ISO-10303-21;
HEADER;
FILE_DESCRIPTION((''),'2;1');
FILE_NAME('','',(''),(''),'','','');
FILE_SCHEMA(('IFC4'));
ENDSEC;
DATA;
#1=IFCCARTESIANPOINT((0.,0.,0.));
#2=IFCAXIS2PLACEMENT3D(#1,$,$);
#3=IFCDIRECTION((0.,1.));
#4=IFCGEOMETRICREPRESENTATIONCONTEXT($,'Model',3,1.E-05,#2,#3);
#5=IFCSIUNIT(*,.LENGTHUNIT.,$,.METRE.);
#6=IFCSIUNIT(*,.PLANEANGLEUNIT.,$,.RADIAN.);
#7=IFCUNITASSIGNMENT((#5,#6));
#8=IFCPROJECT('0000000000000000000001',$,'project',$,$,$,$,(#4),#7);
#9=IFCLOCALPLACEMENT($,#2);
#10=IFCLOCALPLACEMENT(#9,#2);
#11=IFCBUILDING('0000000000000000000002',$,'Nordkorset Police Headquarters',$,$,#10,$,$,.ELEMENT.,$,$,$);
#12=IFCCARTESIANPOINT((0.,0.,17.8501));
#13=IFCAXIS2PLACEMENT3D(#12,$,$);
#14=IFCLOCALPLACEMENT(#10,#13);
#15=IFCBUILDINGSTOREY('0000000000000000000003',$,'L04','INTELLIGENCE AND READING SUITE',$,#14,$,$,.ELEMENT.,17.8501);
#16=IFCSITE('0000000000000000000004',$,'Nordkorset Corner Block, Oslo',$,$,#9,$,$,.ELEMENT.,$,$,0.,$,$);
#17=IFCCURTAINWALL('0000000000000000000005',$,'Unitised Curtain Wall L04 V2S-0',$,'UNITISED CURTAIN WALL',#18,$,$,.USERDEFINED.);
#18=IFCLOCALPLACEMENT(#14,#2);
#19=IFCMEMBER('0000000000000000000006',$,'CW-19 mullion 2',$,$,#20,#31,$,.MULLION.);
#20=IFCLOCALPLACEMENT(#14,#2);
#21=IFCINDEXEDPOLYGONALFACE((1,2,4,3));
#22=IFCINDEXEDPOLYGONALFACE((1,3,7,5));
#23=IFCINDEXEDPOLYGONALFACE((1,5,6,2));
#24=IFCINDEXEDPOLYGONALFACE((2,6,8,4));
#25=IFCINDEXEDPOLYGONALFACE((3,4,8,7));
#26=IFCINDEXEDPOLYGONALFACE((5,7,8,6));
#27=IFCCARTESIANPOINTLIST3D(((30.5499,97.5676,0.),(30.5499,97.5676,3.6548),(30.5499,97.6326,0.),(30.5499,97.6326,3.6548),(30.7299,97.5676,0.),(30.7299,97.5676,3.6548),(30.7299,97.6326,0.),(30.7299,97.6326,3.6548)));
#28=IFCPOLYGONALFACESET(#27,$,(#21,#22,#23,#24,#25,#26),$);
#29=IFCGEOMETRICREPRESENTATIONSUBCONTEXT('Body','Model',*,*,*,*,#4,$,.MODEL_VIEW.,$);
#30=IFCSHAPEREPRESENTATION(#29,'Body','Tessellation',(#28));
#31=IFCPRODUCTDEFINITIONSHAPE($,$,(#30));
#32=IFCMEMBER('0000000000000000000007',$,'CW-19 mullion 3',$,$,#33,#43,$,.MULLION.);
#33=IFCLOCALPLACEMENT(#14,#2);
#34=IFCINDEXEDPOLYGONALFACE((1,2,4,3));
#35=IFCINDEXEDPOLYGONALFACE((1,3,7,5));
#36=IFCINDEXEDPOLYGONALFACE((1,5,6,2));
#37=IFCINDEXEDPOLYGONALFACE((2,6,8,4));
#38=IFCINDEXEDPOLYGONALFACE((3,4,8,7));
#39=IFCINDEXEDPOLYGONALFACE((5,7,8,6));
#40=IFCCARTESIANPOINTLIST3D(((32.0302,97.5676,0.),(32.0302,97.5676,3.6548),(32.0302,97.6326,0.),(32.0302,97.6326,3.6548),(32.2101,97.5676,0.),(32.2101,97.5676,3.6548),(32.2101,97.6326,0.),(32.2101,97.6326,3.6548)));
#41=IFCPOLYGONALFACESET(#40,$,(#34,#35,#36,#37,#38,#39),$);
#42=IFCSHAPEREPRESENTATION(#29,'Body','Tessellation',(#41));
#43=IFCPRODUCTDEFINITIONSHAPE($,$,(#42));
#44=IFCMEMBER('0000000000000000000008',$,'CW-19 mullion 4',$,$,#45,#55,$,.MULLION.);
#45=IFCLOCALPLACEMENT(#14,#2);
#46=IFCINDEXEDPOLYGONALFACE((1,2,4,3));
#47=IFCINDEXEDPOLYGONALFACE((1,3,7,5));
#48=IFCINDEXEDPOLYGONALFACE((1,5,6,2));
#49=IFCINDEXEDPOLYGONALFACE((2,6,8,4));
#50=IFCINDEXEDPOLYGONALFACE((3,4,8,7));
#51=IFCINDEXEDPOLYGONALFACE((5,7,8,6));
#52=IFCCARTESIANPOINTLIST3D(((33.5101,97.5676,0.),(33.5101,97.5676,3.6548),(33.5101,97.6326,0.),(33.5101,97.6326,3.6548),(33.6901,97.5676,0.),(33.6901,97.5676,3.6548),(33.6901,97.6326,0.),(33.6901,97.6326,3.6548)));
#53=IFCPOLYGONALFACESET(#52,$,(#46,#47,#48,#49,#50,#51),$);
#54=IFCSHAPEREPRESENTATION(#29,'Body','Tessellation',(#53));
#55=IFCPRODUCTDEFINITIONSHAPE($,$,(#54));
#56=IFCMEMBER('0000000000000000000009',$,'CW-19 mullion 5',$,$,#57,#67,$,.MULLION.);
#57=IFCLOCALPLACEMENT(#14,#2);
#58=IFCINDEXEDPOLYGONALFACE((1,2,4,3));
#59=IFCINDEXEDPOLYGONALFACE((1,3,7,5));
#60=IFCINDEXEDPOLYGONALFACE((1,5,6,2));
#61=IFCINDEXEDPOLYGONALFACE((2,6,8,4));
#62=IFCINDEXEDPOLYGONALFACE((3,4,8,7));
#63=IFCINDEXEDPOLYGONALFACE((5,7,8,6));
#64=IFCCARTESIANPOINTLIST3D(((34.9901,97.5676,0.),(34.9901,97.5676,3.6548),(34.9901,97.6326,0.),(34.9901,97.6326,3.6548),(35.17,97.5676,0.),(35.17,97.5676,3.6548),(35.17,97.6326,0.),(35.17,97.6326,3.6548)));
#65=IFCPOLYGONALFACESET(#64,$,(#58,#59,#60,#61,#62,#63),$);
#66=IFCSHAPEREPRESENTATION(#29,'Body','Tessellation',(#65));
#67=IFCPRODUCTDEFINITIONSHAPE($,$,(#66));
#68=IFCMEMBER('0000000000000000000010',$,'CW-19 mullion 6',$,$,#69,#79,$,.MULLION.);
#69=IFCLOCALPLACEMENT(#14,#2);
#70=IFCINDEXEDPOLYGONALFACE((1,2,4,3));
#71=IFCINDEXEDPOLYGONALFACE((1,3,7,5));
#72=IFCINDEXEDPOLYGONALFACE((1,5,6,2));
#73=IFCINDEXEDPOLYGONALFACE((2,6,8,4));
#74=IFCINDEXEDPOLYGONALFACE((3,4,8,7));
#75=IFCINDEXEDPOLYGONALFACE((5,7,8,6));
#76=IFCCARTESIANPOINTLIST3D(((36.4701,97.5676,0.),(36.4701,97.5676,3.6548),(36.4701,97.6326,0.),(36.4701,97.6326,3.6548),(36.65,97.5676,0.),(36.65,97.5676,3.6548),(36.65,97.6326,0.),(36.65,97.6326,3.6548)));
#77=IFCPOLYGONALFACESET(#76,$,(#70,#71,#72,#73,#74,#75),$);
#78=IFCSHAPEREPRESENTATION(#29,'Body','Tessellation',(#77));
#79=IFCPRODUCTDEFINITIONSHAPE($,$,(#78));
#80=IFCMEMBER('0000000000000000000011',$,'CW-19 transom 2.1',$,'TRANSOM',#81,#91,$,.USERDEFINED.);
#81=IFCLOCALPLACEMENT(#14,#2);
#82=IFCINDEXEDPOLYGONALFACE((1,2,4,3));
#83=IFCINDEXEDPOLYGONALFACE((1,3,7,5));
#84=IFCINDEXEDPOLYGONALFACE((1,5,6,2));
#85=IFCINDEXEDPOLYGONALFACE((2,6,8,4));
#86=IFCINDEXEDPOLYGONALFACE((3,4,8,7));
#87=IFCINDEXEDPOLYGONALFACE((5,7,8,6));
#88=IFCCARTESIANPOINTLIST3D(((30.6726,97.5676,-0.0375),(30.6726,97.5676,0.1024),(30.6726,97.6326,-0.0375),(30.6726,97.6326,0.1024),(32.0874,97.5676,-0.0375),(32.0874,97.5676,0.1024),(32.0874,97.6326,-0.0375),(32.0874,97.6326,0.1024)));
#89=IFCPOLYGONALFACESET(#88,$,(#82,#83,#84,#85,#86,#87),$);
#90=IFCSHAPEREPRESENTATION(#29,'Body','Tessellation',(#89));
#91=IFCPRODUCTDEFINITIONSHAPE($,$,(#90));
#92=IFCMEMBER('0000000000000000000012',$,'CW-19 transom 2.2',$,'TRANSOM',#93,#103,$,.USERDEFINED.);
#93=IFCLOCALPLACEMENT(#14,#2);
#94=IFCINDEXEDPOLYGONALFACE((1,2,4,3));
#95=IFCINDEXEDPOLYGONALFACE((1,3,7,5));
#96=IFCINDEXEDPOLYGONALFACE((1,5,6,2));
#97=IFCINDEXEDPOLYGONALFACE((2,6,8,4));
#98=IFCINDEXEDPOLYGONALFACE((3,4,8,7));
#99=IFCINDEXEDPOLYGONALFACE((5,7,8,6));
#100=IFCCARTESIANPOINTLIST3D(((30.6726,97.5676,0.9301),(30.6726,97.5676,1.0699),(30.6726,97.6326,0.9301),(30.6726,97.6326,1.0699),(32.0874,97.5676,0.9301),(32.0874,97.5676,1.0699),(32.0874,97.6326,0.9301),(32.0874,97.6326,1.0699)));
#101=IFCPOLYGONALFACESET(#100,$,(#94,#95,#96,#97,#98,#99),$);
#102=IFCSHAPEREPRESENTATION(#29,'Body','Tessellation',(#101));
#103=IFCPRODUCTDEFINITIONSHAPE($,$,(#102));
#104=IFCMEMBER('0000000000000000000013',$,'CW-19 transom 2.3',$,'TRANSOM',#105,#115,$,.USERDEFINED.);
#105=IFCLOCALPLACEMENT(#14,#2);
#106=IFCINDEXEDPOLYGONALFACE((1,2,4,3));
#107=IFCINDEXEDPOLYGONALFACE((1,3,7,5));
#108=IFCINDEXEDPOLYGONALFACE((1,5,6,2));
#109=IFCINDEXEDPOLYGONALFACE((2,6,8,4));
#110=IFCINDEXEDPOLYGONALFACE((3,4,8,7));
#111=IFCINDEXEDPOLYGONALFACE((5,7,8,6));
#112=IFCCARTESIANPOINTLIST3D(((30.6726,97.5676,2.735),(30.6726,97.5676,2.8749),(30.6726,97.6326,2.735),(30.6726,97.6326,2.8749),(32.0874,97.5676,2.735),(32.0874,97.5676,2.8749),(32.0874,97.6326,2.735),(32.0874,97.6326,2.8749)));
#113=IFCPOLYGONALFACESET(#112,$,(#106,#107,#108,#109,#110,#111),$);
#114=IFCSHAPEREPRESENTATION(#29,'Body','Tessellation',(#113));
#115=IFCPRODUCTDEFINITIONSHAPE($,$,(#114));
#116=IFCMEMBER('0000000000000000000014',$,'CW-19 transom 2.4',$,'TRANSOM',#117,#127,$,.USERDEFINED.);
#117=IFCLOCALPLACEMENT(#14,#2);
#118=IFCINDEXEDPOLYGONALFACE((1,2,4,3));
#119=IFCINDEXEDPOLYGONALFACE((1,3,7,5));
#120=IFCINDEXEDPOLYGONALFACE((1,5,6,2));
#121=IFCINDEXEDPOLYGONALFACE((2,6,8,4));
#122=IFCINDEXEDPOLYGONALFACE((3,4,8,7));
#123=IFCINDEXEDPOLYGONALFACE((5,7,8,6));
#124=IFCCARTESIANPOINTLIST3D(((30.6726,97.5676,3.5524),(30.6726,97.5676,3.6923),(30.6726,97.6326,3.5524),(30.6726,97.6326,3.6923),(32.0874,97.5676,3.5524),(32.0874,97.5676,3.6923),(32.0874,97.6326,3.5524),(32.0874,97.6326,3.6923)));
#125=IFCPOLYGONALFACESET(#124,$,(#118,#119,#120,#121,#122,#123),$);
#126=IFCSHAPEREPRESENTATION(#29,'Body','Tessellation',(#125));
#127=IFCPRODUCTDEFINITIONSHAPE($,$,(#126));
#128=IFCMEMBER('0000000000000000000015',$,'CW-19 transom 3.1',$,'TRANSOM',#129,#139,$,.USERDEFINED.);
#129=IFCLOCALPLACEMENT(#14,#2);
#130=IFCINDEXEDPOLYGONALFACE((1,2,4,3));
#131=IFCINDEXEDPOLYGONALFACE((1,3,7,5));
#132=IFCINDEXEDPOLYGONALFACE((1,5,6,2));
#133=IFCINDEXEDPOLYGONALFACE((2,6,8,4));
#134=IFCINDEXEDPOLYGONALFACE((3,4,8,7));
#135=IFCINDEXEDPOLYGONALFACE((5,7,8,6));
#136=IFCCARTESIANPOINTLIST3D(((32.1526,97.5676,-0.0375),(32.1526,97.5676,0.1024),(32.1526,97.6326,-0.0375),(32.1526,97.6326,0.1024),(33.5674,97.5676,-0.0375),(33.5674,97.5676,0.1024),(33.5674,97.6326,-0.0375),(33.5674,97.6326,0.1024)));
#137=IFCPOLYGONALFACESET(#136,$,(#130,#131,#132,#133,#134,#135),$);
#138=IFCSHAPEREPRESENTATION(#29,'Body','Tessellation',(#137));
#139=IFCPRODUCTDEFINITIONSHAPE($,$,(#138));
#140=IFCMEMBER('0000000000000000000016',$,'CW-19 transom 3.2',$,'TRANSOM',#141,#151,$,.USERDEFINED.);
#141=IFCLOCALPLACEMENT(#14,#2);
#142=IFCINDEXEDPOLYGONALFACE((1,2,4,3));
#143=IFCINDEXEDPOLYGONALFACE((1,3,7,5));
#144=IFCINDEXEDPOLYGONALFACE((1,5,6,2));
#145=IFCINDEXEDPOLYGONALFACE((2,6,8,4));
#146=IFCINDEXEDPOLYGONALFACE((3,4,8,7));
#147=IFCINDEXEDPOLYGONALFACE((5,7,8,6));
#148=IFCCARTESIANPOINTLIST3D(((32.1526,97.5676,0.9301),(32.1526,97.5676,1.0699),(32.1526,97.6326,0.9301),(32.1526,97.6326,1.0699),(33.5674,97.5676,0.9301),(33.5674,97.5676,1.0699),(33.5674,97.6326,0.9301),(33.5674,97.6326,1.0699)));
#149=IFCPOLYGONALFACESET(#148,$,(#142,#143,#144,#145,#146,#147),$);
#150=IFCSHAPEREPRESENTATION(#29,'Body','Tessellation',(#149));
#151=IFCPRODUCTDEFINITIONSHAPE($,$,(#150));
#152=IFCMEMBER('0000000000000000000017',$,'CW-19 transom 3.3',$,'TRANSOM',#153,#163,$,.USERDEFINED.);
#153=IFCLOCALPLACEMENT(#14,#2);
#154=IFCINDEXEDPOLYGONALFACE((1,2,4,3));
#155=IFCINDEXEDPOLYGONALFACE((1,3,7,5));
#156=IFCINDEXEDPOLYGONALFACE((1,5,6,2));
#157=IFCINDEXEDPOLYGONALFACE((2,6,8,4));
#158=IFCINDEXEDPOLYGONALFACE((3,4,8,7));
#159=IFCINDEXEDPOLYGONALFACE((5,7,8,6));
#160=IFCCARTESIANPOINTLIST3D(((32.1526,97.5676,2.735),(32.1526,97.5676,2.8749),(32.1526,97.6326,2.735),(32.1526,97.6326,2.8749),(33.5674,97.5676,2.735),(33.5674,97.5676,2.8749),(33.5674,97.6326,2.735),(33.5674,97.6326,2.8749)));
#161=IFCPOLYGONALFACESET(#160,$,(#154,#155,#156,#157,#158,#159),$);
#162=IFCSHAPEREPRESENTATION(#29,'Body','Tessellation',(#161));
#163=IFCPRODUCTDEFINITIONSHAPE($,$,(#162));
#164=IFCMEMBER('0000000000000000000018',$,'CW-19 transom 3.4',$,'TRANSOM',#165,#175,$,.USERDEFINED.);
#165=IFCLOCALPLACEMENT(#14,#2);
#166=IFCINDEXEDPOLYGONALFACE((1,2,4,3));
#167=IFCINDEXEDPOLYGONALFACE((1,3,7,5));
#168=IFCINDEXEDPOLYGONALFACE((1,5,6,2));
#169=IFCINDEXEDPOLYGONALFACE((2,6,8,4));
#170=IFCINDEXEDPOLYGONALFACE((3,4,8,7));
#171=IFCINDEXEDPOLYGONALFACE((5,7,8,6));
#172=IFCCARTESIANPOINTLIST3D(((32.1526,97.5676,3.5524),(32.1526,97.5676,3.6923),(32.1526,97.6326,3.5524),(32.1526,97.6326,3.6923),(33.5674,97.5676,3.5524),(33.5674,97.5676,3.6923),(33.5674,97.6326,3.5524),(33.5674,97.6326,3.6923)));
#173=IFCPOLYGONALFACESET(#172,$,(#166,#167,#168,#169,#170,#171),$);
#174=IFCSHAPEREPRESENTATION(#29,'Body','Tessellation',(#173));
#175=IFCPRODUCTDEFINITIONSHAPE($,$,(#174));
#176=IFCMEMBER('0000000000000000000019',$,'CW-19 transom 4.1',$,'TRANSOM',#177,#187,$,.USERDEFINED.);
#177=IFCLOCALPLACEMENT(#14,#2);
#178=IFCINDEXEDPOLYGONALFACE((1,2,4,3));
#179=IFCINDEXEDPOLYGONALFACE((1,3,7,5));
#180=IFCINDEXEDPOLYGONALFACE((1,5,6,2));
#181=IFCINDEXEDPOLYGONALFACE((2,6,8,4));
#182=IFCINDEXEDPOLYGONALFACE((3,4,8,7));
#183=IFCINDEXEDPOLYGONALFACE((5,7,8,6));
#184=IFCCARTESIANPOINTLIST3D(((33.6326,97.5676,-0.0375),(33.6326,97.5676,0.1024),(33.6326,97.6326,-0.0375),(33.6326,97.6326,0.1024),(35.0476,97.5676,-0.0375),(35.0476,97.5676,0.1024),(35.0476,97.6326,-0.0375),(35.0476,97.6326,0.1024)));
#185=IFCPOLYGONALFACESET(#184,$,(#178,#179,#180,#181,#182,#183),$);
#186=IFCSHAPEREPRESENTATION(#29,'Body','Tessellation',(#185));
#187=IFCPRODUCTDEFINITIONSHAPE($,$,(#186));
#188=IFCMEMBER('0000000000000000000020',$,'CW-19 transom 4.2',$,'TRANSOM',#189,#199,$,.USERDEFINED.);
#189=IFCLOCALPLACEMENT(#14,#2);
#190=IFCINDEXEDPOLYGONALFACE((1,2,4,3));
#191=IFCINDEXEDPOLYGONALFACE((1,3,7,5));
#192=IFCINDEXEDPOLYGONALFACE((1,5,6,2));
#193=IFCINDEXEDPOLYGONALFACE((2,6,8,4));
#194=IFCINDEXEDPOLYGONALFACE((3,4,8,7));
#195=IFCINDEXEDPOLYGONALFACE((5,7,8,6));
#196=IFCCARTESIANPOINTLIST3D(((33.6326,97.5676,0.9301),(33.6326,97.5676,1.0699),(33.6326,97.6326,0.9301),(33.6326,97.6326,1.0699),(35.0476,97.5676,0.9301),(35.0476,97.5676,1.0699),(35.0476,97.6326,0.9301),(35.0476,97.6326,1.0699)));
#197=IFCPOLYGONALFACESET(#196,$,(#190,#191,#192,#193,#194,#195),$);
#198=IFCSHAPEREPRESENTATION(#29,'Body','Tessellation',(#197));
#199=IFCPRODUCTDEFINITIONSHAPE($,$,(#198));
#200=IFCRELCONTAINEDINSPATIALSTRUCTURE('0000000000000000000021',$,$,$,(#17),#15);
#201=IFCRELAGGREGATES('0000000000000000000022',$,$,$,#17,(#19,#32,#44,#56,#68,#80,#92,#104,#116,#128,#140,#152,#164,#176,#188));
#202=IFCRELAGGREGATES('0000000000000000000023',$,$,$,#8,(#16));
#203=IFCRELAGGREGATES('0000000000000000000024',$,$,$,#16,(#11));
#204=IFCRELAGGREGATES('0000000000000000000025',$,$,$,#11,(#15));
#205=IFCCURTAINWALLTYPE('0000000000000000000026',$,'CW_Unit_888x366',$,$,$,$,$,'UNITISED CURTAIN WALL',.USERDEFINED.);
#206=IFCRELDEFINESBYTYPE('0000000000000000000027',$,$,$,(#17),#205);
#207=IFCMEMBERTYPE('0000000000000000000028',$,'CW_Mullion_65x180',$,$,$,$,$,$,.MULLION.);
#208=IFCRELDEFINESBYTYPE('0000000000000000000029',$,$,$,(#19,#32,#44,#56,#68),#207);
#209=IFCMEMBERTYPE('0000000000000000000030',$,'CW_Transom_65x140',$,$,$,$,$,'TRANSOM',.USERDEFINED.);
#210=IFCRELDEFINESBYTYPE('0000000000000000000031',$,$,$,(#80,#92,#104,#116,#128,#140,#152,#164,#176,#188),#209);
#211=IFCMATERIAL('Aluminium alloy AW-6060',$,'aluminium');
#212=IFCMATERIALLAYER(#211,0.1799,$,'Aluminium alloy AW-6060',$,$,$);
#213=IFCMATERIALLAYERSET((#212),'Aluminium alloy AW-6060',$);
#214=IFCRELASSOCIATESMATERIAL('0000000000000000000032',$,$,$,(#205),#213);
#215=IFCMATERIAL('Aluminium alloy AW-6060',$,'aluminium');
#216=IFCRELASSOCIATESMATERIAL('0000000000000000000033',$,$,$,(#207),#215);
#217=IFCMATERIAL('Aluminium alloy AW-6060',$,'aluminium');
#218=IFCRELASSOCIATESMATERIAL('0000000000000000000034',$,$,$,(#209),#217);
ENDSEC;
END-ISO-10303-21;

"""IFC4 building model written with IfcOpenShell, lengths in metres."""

from ifc_helpers import new_model, si_unit, direction, frame, origin, origin_2d, place, context, subcontext, project, spatial, rectangle, extrude, material, layer, layer_set, material_profile, profile_set, type_object, element, aggregate, save


model = new_model("IFC4")

# Units and contexts
model_context = context("Model", 3, precision=1e-05, world=origin(), true_north=direction((0.0, 1.0)))
body_context = subcontext(model_context, "Body", "Model", "MODEL_VIEW")
ifc_project = project(units=[si_unit("LENGTHUNIT", "METRE"), si_unit("PLANEANGLEUNIT", "RADIAN")], contexts=[model_context])

# Site, building, storey
site_placement = place(None, origin())
site = spatial("IfcSite", under=ifc_project, at=site_placement, Name="Nordkorset Corner Block, Oslo", CompositionType="ELEMENT", RefElevation=0.0)
building_placement = place(site_placement, origin())
building = spatial("IfcBuilding", under=site, at=building_placement, Name="Nordkorset Police Headquarters", CompositionType="ELEMENT")
storey_placement = place(building_placement, frame((0.0, 0.0, 17.8501)))
storey = spatial("IfcBuildingStorey", under=building, at=storey_placement, Name="L04", Description="INTELLIGENCE AND READING SUITE", CompositionType="ELEMENT", Elevation=17.8501)

# Curtain wall, members
ifc_material_1 = material(Name="Aluminium alloy AW-6060", Category="aluminium")
ifc_layer_1 = layer(ifc_material_1, 0.1799, Name="Aluminium alloy AW-6060")
ifc_layer_set_1 = layer_set([ifc_layer_1], Name="Aluminium alloy AW-6060")
curtain_wall_type = type_object("IfcCurtainWallType", Name="CW_Unit_888x366", ElementType="UNITISED CURTAIN WALL", PredefinedType="USERDEFINED", material=ifc_layer_set_1)
curtain_wall_placement = place(storey_placement, origin())
curtain_wall = element("IfcCurtainWall", 1, at=curtain_wall_placement, inside=storey, type_object=curtain_wall_type, Name="Unitised Curtain Wall L04 V2S-0", ObjectType="UNITISED CURTAIN WALL", PredefinedType="USERDEFINED")
ifc_material_2 = material(Name="Aluminium alloy AW-6060", Category="aluminium")
ifc_material_profile_1 = material_profile(ifc_material_2, rectangle(XDim=0.0649, YDim=0.1799, at=origin_2d()), Name="ALU MULL 65x180")
ifc_profile_set_1 = profile_set([ifc_material_profile_1], Name="Aluminium alloy AW-6060")
member_type_1 = type_object("IfcMemberType", Name="CW_Mullion_65x180", PredefinedType="MULLION", material=ifc_profile_set_1)
member_1_placement = place(storey_placement, frame((30.6399, 97.6001, 0.0), z_axis=(0.0, 0.0, 1.0), x_axis=(0.0, 1.0, 0.0)))
member_1 = element("IfcMember", 2, at=member_1_placement, type_object=member_type_1, Name="CW-19 mullion 2", PredefinedType="MULLION", context=body_context, shape_type="SweptSolid", body=[
    extrude(rectangle(XDim=0.0649, YDim=0.1799, at=origin_2d()), origin(), (0.0, 0.0, 1.0), 3.6548),
])
member_2_placement = place(storey_placement, frame((32.1201, 97.6001, 0.0), z_axis=(0.0, 0.0, 1.0), x_axis=(0.0, 1.0, 0.0)))
member_2 = element("IfcMember", 3, at=member_2_placement, type_object=member_type_1, Name="CW-19 mullion 3", PredefinedType="MULLION", context=body_context, shape_type="SweptSolid", body=[
    extrude(rectangle(XDim=0.0649, YDim=0.1799, at=origin_2d()), origin(), (0.0, 0.0, 1.0), 3.6548),
])
member_3_placement = place(storey_placement, frame((33.6001, 97.6001, 0.0), z_axis=(0.0, 0.0, 1.0), x_axis=(0.0, 1.0, 0.0)))
member_3 = element("IfcMember", 4, at=member_3_placement, type_object=member_type_1, Name="CW-19 mullion 4", PredefinedType="MULLION", context=body_context, shape_type="SweptSolid", body=[
    extrude(rectangle(XDim=0.0649, YDim=0.1799, at=origin_2d()), origin(), (0.0, 0.0, 1.0), 3.6548),
])
member_4_placement = place(storey_placement, frame((35.0801, 97.6001, 0.0), z_axis=(0.0, 0.0, 1.0), x_axis=(0.0, 1.0, 0.0)))
member_4 = element("IfcMember", 5, at=member_4_placement, type_object=member_type_1, Name="CW-19 mullion 5", PredefinedType="MULLION", context=body_context, shape_type="SweptSolid", body=[
    extrude(rectangle(XDim=0.0649, YDim=0.1799, at=origin_2d()), origin(), (0.0, 0.0, 1.0), 3.6548),
])
member_5_placement = place(storey_placement, frame((36.5601, 97.6001, 0.0), z_axis=(0.0, 0.0, 1.0), x_axis=(0.0, 1.0, 0.0)))
member_5 = element("IfcMember", 6, at=member_5_placement, type_object=member_type_1, Name="CW-19 mullion 6", PredefinedType="MULLION", context=body_context, shape_type="SweptSolid", body=[
    extrude(rectangle(XDim=0.0649, YDim=0.1799, at=origin_2d()), origin(), (0.0, 0.0, 1.0), 3.6548),
])
ifc_material_3 = material(Name="Aluminium alloy AW-6060", Category="aluminium")
ifc_material_profile_2 = material_profile(ifc_material_3, rectangle(XDim=0.0649, YDim=0.1399, at=origin_2d()), Name="ALU TRAN 65x140")
ifc_profile_set_2 = profile_set([ifc_material_profile_2], Name="Aluminium alloy AW-6060")
member_type_2 = type_object("IfcMemberType", Name="CW_Transom_65x140", ElementType="TRANSOM", PredefinedType="USERDEFINED", material=ifc_profile_set_2)
member_6_placement = place(storey_placement, frame((30.6726, 97.6001, 0.0325), z_axis=(1.0, 0.0, 0.0), x_axis=(0.0, 1.0, 0.0)))
member_6 = element("IfcMember", 7, at=member_6_placement, type_object=member_type_2, Name="CW-19 transom 2.1", ObjectType="TRANSOM", PredefinedType="USERDEFINED", context=body_context, shape_type="SweptSolid", body=[
    extrude(rectangle(XDim=0.0649, YDim=0.1399, at=origin_2d()), origin(), (0.0, 0.0, 1.0), 1.4148),
])
member_7_placement = place(storey_placement, frame((30.6726, 97.6001, 1.0), z_axis=(1.0, 0.0, 0.0), x_axis=(0.0, 1.0, 0.0)))
member_7 = element("IfcMember", 8, at=member_7_placement, type_object=member_type_2, Name="CW-19 transom 2.2", ObjectType="TRANSOM", PredefinedType="USERDEFINED", context=body_context, shape_type="SweptSolid", body=[
    extrude(rectangle(XDim=0.0649, YDim=0.1399, at=origin_2d()), origin(), (0.0, 0.0, 1.0), 1.4148),
])
member_8_placement = place(storey_placement, frame((30.6726, 97.6001, 2.8049), z_axis=(1.0, 0.0, 0.0), x_axis=(0.0, 1.0, 0.0)))
member_8 = element("IfcMember", 9, at=member_8_placement, type_object=member_type_2, Name="CW-19 transom 2.3", ObjectType="TRANSOM", PredefinedType="USERDEFINED", context=body_context, shape_type="SweptSolid", body=[
    extrude(rectangle(XDim=0.0649, YDim=0.1399, at=origin_2d()), origin(), (0.0, 0.0, 1.0), 1.4148),
])
member_9_placement = place(storey_placement, frame((30.6726, 97.6001, 3.6223), z_axis=(1.0, 0.0, 0.0), x_axis=(0.0, 1.0, 0.0)))
member_9 = element("IfcMember", 10, at=member_9_placement, type_object=member_type_2, Name="CW-19 transom 2.4", ObjectType="TRANSOM", PredefinedType="USERDEFINED", context=body_context, shape_type="SweptSolid", body=[
    extrude(rectangle(XDim=0.0649, YDim=0.1399, at=origin_2d()), origin(), (0.0, 0.0, 1.0), 1.4148),
])
member_10_placement = place(storey_placement, frame((32.1526, 97.6001, 0.0325), z_axis=(1.0, 0.0, 0.0), x_axis=(0.0, 1.0, 0.0)))
member_10 = element("IfcMember", 11, at=member_10_placement, type_object=member_type_2, Name="CW-19 transom 3.1", ObjectType="TRANSOM", PredefinedType="USERDEFINED", context=body_context, shape_type="SweptSolid", body=[
    extrude(rectangle(XDim=0.0649, YDim=0.1399, at=origin_2d()), origin(), (0.0, 0.0, 1.0), 1.4148),
])
member_11_placement = place(storey_placement, frame((32.1526, 97.6001, 1.0), z_axis=(1.0, 0.0, 0.0), x_axis=(0.0, 1.0, 0.0)))
member_11 = element("IfcMember", 12, at=member_11_placement, type_object=member_type_2, Name="CW-19 transom 3.2", ObjectType="TRANSOM", PredefinedType="USERDEFINED", context=body_context, shape_type="SweptSolid", body=[
    extrude(rectangle(XDim=0.0649, YDim=0.1399, at=origin_2d()), origin(), (0.0, 0.0, 1.0), 1.4148),
])
member_12_placement = place(storey_placement, frame((32.1526, 97.6001, 2.8049), z_axis=(1.0, 0.0, 0.0), x_axis=(0.0, 1.0, 0.0)))
member_12 = element("IfcMember", 13, at=member_12_placement, type_object=member_type_2, Name="CW-19 transom 3.3", ObjectType="TRANSOM", PredefinedType="USERDEFINED", context=body_context, shape_type="SweptSolid", body=[
    extrude(rectangle(XDim=0.0649, YDim=0.1399, at=origin_2d()), origin(), (0.0, 0.0, 1.0), 1.4148),
])
member_13_placement = place(storey_placement, frame((32.1526, 97.6001, 3.6223), z_axis=(1.0, 0.0, 0.0), x_axis=(0.0, 1.0, 0.0)))
member_13 = element("IfcMember", 14, at=member_13_placement, type_object=member_type_2, Name="CW-19 transom 3.4", ObjectType="TRANSOM", PredefinedType="USERDEFINED", context=body_context, shape_type="SweptSolid", body=[
    extrude(rectangle(XDim=0.0649, YDim=0.1399, at=origin_2d()), origin(), (0.0, 0.0, 1.0), 1.4148),
])
member_14_placement = place(storey_placement, frame((33.6326, 97.6001, 0.0325), z_axis=(1.0, 0.0, 0.0), x_axis=(0.0, 1.0, 0.0)))
member_14 = element("IfcMember", 15, at=member_14_placement, type_object=member_type_2, Name="CW-19 transom 4.1", ObjectType="TRANSOM", PredefinedType="USERDEFINED", context=body_context, shape_type="SweptSolid", body=[
    extrude(rectangle(XDim=0.0649, YDim=0.1399, at=origin_2d()), origin(), (0.0, 0.0, 1.0), 1.415),
])
member_15_placement = place(storey_placement, frame((33.6326, 97.6001, 1.0), z_axis=(1.0, 0.0, 0.0), x_axis=(0.0, 1.0, 0.0)))
member_15 = element("IfcMember", 16, at=member_15_placement, type_object=member_type_2, Name="CW-19 transom 4.2", ObjectType="TRANSOM", PredefinedType="USERDEFINED", context=body_context, shape_type="SweptSolid", body=[
    extrude(rectangle(XDim=0.0649, YDim=0.1399, at=origin_2d()), origin(), (0.0, 0.0, 1.0), 1.415),
])
aggregate(curtain_wall, [member_1, member_2, member_3, member_4, member_5, member_6, member_7, member_8, member_9, member_10, member_11, member_12, member_13, member_14, member_15])

save(model, "model.ifc")
